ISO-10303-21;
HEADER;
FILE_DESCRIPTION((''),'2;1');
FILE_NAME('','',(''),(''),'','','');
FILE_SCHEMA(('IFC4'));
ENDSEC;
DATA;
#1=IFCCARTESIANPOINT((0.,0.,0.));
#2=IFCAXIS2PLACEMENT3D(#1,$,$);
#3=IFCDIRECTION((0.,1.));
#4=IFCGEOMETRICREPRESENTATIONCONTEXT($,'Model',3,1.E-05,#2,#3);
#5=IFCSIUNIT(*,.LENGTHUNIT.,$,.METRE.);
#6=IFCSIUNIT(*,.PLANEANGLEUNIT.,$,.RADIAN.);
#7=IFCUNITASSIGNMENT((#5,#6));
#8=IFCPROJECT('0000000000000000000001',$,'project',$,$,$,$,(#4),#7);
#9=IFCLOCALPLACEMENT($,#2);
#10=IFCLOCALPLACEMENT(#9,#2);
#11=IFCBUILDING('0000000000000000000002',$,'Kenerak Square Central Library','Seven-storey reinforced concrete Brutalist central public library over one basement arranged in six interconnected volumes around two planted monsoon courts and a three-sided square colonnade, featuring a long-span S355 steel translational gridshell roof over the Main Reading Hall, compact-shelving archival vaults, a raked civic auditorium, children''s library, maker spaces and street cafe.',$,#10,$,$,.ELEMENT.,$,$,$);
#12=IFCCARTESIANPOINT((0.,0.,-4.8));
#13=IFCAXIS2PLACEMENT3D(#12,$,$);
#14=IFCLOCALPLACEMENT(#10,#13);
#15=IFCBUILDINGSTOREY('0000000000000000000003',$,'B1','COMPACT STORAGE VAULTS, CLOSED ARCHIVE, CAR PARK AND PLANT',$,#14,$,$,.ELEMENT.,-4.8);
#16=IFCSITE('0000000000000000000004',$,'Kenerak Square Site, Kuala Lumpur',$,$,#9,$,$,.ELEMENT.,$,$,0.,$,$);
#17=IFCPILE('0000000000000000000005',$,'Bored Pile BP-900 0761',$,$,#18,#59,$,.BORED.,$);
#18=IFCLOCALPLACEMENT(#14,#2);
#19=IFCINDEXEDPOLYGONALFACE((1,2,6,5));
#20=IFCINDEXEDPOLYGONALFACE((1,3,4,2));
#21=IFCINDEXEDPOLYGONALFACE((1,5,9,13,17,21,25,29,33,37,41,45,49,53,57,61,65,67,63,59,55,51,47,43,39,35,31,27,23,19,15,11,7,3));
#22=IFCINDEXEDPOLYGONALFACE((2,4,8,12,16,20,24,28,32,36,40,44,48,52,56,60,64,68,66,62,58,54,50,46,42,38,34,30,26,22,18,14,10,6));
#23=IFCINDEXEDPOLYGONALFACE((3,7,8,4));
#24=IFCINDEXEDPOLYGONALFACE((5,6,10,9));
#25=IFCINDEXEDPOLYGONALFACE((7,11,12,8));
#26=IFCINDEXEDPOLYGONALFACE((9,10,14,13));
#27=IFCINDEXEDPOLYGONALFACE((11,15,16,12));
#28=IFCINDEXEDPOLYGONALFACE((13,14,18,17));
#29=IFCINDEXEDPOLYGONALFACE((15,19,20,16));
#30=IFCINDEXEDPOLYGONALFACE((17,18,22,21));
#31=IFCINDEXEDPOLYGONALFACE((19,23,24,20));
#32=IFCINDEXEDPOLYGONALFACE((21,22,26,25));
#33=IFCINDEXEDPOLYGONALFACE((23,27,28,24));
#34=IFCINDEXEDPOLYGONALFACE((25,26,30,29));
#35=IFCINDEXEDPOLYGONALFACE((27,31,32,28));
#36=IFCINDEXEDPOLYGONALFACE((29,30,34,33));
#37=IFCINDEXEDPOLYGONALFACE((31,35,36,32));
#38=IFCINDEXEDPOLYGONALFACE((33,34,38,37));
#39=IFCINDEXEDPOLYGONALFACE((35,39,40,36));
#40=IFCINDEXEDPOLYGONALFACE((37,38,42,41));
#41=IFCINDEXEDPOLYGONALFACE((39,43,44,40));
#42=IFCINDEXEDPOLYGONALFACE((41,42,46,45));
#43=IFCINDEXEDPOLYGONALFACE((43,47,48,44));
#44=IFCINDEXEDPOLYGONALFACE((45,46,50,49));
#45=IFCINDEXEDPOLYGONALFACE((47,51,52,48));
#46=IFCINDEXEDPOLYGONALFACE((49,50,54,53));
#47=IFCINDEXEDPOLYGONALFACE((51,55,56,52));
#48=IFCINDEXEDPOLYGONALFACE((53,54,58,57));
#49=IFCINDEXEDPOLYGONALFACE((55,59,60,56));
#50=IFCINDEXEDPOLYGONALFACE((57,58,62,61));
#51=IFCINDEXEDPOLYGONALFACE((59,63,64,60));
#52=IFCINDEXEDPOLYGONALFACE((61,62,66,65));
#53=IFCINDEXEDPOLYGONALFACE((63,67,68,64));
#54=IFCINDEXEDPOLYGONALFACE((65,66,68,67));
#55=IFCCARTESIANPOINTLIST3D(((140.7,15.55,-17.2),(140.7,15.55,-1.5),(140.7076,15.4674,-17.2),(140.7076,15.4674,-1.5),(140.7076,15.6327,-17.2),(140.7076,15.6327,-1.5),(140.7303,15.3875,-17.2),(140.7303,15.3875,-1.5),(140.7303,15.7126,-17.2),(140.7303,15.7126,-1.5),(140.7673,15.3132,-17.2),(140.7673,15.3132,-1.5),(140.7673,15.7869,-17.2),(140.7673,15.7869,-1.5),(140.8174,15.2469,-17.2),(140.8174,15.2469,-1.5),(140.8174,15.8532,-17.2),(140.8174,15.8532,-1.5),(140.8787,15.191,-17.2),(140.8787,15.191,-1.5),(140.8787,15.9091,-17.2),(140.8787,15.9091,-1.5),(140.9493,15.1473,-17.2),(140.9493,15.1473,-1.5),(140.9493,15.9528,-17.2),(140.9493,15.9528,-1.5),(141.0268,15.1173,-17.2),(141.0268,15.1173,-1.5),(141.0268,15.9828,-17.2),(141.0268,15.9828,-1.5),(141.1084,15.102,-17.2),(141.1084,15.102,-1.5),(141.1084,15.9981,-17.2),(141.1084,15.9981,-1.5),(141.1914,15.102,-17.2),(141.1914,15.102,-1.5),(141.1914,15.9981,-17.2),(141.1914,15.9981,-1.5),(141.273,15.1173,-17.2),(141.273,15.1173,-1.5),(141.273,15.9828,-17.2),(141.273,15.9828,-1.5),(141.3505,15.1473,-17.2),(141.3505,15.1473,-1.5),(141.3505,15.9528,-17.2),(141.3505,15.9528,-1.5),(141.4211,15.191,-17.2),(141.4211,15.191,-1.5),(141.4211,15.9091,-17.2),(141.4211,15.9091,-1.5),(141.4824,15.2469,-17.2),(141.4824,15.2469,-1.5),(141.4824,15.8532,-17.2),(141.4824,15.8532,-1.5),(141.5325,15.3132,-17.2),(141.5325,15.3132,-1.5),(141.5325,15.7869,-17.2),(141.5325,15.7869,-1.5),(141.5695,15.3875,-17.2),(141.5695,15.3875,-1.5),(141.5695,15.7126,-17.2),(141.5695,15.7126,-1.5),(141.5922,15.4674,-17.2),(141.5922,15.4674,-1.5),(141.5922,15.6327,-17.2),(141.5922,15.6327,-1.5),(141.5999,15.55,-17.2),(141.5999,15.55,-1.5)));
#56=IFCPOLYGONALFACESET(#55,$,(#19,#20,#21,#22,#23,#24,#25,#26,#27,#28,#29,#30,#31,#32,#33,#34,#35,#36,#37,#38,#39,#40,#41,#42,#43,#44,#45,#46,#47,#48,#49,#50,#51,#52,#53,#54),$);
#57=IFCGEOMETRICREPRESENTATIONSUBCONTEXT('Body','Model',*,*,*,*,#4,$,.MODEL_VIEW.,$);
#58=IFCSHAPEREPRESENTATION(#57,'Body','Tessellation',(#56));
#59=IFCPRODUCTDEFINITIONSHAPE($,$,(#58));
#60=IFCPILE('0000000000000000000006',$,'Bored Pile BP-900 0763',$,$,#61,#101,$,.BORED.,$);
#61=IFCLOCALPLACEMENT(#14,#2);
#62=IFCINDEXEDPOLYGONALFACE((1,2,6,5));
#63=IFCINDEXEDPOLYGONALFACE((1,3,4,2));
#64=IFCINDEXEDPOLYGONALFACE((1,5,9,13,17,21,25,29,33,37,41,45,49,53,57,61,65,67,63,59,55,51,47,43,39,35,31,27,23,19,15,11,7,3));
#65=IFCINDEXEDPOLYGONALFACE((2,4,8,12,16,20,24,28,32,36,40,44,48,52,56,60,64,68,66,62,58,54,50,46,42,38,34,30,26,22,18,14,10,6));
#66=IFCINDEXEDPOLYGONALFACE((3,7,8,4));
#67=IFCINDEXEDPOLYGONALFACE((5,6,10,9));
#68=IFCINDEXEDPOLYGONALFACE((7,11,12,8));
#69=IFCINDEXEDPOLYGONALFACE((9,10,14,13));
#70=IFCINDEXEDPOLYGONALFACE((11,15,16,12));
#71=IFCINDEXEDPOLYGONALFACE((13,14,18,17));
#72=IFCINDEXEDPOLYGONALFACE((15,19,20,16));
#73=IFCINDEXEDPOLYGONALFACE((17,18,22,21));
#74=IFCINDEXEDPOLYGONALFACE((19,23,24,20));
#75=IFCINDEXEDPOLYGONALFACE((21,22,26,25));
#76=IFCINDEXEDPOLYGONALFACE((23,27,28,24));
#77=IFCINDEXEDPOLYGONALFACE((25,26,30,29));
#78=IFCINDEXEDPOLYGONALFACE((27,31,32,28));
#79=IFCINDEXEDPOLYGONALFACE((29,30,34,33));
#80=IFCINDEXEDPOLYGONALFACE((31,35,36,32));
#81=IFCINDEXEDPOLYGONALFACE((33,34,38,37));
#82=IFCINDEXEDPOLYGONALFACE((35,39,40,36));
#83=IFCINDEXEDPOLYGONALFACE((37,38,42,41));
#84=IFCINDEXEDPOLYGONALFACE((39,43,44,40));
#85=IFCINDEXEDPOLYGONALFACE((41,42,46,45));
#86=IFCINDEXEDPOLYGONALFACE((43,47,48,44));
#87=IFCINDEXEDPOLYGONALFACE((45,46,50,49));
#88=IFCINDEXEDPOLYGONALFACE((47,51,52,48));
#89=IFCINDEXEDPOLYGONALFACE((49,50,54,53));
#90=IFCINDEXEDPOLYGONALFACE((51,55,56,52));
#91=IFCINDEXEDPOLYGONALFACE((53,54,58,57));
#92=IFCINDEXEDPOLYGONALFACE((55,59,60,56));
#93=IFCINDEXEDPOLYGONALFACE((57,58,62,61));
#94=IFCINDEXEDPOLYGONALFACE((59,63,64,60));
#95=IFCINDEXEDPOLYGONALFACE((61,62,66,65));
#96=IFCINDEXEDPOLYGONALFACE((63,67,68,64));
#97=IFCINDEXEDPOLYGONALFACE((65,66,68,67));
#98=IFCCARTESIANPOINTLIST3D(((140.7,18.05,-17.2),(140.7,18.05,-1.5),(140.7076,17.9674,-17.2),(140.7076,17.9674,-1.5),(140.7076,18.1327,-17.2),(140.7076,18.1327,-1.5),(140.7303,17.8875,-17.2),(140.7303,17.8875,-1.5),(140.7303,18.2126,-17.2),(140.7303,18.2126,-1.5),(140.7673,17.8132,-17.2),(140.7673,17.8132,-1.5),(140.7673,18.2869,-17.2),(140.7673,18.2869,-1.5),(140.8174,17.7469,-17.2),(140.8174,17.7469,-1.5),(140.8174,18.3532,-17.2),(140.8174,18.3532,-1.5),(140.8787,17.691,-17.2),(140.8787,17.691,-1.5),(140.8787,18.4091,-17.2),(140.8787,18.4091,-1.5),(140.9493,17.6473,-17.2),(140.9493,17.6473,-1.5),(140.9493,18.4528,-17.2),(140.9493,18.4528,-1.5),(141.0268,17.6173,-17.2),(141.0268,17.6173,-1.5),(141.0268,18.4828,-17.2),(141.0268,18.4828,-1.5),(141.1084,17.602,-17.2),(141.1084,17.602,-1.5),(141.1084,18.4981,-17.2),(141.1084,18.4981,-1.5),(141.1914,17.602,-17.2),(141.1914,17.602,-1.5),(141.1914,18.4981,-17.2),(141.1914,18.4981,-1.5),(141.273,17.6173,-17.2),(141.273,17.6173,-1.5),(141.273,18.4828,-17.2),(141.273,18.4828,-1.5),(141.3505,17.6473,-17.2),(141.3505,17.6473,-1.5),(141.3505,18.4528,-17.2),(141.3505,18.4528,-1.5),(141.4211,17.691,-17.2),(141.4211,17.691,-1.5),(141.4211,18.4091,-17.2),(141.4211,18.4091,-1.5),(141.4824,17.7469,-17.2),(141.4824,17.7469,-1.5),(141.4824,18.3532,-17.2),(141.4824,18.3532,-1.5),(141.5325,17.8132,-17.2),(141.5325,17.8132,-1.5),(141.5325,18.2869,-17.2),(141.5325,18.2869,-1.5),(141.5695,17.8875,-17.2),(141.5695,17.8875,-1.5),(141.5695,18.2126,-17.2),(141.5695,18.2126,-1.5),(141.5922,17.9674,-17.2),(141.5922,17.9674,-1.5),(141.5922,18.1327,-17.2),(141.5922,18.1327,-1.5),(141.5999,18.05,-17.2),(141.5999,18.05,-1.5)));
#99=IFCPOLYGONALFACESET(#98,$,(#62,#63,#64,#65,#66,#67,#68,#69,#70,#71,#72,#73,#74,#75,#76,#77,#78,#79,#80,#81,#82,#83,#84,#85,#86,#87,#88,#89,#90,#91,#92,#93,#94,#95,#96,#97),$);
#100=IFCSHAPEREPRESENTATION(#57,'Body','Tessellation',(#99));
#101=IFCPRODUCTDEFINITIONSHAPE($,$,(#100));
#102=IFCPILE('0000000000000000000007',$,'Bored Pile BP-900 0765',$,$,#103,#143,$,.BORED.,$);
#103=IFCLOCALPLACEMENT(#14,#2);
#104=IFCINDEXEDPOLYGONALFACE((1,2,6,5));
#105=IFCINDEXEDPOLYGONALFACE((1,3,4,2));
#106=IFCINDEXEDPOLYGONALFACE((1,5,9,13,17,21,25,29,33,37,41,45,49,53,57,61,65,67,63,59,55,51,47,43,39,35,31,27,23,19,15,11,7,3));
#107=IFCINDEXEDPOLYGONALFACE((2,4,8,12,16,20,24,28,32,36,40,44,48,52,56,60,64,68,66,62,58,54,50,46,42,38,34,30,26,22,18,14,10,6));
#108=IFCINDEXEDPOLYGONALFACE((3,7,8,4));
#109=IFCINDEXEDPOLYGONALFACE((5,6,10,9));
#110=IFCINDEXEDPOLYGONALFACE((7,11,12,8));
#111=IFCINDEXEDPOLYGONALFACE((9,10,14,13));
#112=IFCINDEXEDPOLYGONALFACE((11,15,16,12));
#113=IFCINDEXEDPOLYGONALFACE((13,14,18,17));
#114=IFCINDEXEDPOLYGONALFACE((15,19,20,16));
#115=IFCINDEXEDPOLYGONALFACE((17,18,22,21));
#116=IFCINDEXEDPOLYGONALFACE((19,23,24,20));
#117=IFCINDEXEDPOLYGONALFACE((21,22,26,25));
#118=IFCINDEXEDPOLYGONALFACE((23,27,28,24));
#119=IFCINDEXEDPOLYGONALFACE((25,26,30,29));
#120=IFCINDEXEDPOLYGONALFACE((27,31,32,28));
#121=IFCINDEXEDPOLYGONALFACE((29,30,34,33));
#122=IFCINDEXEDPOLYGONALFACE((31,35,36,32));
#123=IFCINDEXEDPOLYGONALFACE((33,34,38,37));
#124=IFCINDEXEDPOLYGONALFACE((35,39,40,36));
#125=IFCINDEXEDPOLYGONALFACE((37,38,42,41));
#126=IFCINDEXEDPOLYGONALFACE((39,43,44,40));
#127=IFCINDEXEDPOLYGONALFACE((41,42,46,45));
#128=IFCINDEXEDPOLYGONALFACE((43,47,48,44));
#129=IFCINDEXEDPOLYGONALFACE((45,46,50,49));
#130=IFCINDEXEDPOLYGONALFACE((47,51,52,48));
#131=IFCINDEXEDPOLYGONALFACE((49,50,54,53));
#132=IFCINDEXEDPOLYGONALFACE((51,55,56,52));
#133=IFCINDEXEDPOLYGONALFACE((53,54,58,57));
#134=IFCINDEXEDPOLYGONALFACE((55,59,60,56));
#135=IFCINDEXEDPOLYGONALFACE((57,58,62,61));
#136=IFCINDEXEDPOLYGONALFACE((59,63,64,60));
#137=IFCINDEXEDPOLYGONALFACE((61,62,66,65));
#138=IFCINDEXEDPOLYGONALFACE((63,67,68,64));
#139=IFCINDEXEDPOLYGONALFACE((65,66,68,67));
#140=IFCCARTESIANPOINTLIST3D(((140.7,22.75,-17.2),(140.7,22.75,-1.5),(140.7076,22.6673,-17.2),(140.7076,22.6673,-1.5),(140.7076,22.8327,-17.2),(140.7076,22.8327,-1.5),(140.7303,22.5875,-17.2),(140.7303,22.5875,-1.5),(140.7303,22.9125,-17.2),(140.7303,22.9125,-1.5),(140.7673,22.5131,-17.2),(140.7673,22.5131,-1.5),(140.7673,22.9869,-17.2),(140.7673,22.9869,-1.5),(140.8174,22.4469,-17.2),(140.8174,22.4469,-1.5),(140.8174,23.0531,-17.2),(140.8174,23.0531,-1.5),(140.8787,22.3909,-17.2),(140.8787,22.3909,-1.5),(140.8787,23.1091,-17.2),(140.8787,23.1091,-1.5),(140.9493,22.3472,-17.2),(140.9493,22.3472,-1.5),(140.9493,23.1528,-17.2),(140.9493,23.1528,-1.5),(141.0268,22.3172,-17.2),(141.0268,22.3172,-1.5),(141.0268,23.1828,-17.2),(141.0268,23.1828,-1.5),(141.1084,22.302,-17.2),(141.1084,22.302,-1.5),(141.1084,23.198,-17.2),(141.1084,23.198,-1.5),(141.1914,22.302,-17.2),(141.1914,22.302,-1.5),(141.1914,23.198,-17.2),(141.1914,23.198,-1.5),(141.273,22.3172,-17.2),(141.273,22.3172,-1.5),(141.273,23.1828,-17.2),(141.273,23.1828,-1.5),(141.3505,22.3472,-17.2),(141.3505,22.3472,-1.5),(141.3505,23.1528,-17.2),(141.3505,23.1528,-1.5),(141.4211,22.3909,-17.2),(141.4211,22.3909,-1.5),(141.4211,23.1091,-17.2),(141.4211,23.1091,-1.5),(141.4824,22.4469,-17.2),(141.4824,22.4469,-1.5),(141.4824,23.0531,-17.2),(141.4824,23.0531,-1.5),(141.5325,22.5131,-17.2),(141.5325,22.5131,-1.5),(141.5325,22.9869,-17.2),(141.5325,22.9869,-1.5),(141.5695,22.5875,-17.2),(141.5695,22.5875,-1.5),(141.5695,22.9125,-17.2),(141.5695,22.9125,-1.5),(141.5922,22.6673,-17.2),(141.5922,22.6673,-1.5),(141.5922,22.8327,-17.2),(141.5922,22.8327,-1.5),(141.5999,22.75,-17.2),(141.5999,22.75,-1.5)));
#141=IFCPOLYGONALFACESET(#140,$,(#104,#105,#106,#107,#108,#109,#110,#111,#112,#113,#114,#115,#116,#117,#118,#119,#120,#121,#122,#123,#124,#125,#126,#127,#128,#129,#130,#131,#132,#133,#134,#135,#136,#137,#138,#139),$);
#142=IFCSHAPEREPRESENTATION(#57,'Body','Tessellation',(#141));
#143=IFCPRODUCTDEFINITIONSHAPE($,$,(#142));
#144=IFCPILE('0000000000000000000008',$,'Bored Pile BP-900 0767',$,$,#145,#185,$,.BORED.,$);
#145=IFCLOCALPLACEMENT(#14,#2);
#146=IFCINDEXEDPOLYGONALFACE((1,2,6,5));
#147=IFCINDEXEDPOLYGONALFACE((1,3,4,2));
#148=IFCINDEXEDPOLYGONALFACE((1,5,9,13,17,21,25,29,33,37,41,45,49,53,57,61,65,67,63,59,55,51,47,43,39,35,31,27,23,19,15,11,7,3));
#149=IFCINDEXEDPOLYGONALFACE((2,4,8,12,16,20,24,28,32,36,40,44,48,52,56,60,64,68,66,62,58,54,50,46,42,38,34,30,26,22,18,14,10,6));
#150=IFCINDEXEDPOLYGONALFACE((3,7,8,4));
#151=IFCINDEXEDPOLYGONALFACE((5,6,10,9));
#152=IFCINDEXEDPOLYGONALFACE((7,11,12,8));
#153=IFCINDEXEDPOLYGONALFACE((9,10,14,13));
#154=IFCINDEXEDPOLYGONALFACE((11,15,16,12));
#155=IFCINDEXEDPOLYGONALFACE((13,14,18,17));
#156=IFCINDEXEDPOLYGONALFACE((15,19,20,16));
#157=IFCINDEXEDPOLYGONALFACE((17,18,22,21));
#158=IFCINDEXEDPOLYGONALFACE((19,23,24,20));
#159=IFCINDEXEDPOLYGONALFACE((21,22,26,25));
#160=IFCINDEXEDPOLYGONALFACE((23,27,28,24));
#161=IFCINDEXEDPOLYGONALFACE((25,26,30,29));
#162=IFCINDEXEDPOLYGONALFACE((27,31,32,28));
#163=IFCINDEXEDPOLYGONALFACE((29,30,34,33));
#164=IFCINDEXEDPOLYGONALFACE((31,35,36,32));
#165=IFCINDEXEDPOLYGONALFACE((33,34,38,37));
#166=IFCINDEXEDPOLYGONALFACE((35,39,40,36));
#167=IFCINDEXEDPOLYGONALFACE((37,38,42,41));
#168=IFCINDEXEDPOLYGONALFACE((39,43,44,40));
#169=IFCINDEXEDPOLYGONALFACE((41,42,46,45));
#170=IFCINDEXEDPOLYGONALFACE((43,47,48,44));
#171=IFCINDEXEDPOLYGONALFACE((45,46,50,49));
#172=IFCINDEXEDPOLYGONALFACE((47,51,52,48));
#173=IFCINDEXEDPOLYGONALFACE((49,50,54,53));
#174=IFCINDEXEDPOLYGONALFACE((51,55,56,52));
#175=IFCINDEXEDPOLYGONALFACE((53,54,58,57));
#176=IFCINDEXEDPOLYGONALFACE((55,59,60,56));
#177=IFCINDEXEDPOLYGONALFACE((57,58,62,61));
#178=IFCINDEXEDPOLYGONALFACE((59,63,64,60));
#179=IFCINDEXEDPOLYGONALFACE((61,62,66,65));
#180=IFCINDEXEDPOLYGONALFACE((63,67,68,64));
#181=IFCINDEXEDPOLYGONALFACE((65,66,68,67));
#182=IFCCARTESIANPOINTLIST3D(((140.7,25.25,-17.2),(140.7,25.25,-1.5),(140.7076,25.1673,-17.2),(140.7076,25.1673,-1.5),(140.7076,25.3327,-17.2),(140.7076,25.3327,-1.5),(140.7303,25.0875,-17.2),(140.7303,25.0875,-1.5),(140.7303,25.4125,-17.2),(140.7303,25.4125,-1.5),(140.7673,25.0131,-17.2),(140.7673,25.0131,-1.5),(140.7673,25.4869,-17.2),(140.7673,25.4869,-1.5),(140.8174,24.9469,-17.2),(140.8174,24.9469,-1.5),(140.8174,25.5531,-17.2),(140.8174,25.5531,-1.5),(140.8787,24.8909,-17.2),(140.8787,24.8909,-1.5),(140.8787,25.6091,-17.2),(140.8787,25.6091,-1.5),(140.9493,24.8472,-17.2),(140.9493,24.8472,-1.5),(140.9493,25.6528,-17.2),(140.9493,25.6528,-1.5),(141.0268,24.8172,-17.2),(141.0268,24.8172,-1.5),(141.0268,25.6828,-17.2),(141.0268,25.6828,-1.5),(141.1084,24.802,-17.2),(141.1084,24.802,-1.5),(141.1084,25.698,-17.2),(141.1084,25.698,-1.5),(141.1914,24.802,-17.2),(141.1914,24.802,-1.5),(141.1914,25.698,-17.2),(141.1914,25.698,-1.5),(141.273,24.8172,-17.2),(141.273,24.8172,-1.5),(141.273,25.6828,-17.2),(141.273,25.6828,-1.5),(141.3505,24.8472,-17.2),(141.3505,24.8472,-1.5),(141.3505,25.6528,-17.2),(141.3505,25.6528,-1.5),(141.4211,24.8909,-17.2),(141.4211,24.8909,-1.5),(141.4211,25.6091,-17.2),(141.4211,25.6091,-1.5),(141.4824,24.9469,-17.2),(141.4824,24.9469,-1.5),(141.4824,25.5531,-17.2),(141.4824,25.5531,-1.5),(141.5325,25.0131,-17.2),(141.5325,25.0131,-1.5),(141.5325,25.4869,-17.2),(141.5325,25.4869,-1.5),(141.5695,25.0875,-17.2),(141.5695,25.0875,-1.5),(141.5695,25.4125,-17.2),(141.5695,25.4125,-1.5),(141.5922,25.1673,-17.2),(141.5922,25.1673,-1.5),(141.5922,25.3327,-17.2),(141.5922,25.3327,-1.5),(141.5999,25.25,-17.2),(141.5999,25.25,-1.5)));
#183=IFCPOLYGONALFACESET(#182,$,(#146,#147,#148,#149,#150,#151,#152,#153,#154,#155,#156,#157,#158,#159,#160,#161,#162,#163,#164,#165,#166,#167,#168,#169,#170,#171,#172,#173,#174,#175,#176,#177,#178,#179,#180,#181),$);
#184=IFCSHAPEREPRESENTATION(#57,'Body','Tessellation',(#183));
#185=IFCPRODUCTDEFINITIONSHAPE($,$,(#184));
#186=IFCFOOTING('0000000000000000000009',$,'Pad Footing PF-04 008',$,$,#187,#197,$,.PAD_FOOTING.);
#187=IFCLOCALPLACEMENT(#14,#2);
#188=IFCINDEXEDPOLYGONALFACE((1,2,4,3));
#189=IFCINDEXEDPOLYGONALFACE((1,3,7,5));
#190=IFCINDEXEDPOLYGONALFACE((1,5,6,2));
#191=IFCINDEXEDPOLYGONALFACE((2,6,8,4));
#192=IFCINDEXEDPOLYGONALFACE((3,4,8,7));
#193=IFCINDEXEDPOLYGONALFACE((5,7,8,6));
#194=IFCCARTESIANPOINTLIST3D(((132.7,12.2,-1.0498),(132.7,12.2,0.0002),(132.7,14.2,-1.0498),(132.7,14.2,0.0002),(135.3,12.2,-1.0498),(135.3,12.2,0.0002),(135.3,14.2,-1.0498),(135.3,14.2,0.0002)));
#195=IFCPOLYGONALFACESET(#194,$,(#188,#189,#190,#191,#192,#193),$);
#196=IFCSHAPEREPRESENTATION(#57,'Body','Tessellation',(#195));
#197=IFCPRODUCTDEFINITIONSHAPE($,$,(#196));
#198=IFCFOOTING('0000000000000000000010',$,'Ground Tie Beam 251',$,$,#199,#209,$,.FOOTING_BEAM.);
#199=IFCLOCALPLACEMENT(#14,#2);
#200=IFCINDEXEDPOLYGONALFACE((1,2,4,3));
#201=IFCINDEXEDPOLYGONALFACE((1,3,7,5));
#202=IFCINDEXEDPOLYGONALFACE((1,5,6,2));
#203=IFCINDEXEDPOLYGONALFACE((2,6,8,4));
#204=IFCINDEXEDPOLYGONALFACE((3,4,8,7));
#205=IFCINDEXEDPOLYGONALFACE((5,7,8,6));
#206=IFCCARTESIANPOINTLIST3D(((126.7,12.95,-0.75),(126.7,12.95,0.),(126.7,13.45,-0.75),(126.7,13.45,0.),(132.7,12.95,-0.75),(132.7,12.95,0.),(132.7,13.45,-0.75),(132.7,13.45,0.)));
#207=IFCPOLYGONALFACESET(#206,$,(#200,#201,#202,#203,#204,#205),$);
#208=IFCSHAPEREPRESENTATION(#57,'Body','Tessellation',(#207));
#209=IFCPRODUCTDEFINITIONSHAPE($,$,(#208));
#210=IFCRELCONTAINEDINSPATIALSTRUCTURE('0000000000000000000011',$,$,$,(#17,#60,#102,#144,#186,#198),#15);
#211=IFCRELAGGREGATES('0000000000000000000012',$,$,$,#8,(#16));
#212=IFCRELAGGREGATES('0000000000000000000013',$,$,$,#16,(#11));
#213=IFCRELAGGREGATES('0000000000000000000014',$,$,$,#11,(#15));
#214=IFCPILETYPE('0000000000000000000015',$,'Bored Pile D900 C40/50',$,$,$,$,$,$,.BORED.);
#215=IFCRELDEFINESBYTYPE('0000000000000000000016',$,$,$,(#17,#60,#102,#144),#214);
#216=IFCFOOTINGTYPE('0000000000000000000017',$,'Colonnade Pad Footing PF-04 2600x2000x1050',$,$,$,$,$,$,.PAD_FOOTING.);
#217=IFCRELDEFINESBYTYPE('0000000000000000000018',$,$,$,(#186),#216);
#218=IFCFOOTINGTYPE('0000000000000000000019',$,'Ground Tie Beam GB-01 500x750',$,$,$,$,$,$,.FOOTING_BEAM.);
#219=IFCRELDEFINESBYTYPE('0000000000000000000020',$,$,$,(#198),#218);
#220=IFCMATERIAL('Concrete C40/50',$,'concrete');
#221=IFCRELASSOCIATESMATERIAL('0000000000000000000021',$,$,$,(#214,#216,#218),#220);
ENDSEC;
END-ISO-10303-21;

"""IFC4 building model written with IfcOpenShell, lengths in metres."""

from ifc_helpers import new_model, si_unit, direction, frame, origin, origin_2d, place, context, subcontext, project, spatial, rectangle, circle, extrude, material, material_profile, profile_set, type_object, element, save


model = new_model("IFC4")

# Units and contexts
model_context = context("Model", 3, precision=1e-05, world=origin(), true_north=direction((0.0, 1.0)))
body_context = subcontext(model_context, "Body", "Model", "MODEL_VIEW")
ifc_project = project(units=[si_unit("LENGTHUNIT", "METRE"), si_unit("PLANEANGLEUNIT", "RADIAN")], contexts=[model_context])

# Site, building, storey
site_placement = place(None, origin())
site = spatial("IfcSite", under=ifc_project, at=site_placement, Name="Kenerak Square Site, Kuala Lumpur", CompositionType="ELEMENT", RefElevation=0.0)
building_placement = place(site_placement, origin())
building = spatial("IfcBuilding", under=site, at=building_placement, Name="Kenerak Square Central Library", Description="Seven-storey reinforced concrete Brutalist central public library over one basement arranged in six interconnected volumes around two planted monsoon courts and a three-sided square colonnade, featuring a long-span S355 steel translational gridshell roof over the Main Reading Hall, compact-shelving archival vaults, a raked civic auditorium, children's library, maker spaces and street cafe.", CompositionType="ELEMENT")
storey_placement = place(building_placement, frame((0.0, 0.0, -4.8)))
storey = spatial("IfcBuildingStorey", under=building, at=storey_placement, Name="B1", Description="COMPACT STORAGE VAULTS, CLOSED ARCHIVE, CAR PARK AND PLANT", CompositionType="ELEMENT", Elevation=-4.8)

# Piles
ifc_material_1 = material(Name="Concrete C40/50", Category="concrete")
ifc_material_profile_1 = material_profile(ifc_material_1, circle(Radius=0.45, at=origin_2d()), Name="BP D900")
ifc_profile_set_1 = profile_set([ifc_material_profile_1], Name="Concrete C40/50")
pile_type_1 = type_object("IfcPileType", Name="Bored Pile D900 C40/50", PredefinedType="BORED", material=ifc_profile_set_1)
for number, where, z_axis, x_axis, name in (
    (1, (141.1499, 15.55, -1.5), (0.0, 0.0, -1.0), (1.0, 0.0, 0.0), "Bored Pile BP-900 0761"),
    (2, (141.1499, 18.05, -1.5), (0.0, 0.0, -1.0), (1.0, 0.0, 0.0), "Bored Pile BP-900 0763"),
    (3, (141.1499, 22.75, -1.5), (0.0, 0.0, -1.0), (1.0, 0.0, 0.0), "Bored Pile BP-900 0765"),
    (4, (141.1499, 25.25, -1.5), (0.0, 0.0, -1.0), (1.0, 0.0, 0.0), "Bored Pile BP-900 0767"),
):
    element("IfcPile", number, at=place(storey_placement, frame(where, z_axis=z_axis, x_axis=x_axis)), inside=storey, type_object=pile_type_1, Name=name, PredefinedType="BORED", context=body_context, shape_type="SweptSolid", body=[
        extrude(circle(Radius=0.45, at=origin_2d()), origin(), (0.0, 0.0, 1.0), 15.7),
    ])

# Footings
footing_type_1 = type_object("IfcFootingType", Name="Colonnade Pad Footing PF-04 2600x2000x1050", PredefinedType="PAD_FOOTING", material=ifc_material_1)
footing_1_placement = place(storey_placement, frame((134.0, 13.2, -1.0498), z_axis=(0.0, 0.0, 1.0), x_axis=(1.0, 0.0, 0.0)))
element("IfcFooting", 5, at=footing_1_placement, inside=storey, type_object=footing_type_1, Name="Pad Footing PF-04 008", PredefinedType="PAD_FOOTING", context=body_context, shape_type="SweptSolid", body=[
    extrude(rectangle(XDim=2.6001, YDim=2.0, at=origin_2d()), origin(), (0.0, 0.0, 1.0), 1.05),
])
footing_type_2 = type_object("IfcFootingType", Name="Ground Tie Beam GB-01 500x750", PredefinedType="FOOTING_BEAM", material=ifc_material_1)
footing_2_placement = place(storey_placement, frame((129.7, 13.2, -0.75), z_axis=(0.0, 0.0, 1.0), x_axis=(1.0, 0.0, 0.0)))
element("IfcFooting", 6, at=footing_2_placement, inside=storey, type_object=footing_type_2, Name="Ground Tie Beam 251", PredefinedType="FOOTING_BEAM", context=body_context, shape_type="SweptSolid", body=[
    extrude(rectangle(XDim=6.0, YDim=0.5, at=origin_2d()), origin(), (0.0, 0.0, 1.0), 0.75),
])

save(model, "model.ifc")
